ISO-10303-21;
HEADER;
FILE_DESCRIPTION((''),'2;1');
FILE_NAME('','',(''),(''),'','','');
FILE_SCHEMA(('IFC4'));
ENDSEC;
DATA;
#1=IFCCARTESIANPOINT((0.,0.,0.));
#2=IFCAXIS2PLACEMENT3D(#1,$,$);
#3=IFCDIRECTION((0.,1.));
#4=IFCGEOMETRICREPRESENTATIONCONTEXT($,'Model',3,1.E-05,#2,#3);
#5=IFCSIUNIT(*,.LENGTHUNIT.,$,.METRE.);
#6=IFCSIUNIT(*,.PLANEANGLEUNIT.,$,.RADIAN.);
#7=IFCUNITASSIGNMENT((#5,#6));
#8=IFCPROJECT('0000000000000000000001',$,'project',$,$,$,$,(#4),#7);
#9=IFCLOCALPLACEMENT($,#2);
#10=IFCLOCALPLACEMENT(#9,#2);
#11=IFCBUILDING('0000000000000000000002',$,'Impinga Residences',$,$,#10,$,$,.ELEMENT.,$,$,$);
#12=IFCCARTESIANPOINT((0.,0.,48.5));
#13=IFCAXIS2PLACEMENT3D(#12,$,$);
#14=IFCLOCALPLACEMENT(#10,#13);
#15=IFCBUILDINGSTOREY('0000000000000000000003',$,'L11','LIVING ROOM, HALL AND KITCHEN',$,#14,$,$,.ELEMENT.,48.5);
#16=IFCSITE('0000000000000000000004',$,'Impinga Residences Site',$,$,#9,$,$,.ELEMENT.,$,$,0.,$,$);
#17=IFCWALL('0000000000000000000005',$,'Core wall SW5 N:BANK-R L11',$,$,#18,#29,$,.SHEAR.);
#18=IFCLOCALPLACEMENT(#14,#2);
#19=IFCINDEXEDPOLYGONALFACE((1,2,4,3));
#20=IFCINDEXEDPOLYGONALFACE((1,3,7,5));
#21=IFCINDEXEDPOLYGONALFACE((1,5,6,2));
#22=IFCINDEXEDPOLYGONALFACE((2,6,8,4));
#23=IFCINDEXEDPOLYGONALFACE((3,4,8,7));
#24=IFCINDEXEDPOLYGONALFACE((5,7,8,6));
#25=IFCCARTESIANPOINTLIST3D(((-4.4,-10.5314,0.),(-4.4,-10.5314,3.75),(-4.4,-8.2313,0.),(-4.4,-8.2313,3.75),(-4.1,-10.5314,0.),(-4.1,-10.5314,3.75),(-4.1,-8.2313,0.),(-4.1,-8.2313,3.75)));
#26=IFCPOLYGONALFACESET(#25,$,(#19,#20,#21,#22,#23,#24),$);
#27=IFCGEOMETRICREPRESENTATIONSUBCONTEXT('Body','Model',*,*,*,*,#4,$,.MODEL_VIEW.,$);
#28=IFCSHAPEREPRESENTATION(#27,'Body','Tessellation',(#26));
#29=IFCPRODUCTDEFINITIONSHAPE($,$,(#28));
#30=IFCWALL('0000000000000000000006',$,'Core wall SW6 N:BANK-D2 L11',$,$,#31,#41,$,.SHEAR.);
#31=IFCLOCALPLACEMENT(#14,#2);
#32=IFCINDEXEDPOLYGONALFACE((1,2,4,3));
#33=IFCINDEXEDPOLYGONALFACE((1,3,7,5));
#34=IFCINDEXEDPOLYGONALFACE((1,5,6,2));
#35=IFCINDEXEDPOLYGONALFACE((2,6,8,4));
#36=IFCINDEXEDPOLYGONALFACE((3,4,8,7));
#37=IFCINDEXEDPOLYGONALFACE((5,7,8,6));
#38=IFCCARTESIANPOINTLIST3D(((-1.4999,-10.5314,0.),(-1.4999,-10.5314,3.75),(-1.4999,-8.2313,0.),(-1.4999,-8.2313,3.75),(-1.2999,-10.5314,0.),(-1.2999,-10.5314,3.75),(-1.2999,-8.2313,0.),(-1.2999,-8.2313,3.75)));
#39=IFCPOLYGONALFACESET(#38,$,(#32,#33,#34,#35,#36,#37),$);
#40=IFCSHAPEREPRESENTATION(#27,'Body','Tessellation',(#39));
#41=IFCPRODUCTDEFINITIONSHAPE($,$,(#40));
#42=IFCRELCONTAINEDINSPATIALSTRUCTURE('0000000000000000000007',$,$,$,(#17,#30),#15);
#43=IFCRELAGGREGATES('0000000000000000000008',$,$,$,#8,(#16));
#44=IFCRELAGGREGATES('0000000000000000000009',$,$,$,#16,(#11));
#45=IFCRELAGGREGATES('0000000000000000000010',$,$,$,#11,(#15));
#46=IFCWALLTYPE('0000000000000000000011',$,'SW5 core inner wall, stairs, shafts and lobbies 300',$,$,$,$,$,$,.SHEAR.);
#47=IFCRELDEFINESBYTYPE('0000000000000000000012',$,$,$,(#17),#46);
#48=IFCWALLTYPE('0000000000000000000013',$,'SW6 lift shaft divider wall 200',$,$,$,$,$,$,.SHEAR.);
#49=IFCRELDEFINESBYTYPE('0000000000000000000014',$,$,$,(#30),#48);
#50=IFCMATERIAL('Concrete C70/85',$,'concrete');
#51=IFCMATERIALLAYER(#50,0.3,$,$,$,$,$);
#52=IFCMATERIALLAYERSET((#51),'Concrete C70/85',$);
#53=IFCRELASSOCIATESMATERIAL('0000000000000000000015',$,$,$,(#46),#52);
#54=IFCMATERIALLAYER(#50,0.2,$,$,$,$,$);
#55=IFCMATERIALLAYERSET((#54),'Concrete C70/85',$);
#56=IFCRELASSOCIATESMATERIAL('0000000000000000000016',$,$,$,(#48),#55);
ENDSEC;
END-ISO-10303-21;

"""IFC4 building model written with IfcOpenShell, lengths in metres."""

from ifc_helpers import new_model, si_unit, direction, frame, frame_2d, origin, place, context, subcontext, project, spatial, rectangle, extrude, material, layer, layer_set, type_object, element, save


model = new_model("IFC4")

# Units and contexts
model_context = context("Model", 3, precision=1e-05, world=origin(), true_north=direction((0.0, 1.0)))
body_context = subcontext(model_context, "Body", "Model", "MODEL_VIEW")
ifc_project = project(units=[si_unit("LENGTHUNIT", "METRE"), si_unit("PLANEANGLEUNIT", "RADIAN")], contexts=[model_context])

# Site, building, storey
site_placement = place(None, origin())
site = spatial("IfcSite", under=ifc_project, at=site_placement, Name="Impinga Residences Site", CompositionType="ELEMENT", RefElevation=0.0)
building_placement = place(site_placement, origin())
building = spatial("IfcBuilding", under=site, at=building_placement, Name="Impinga Residences", CompositionType="ELEMENT")
storey_placement = place(building_placement, frame((0.0, 0.0, 48.5)))
storey = spatial("IfcBuildingStorey", under=building, at=storey_placement, Name="L11", Description="LIVING ROOM, HALL AND KITCHEN", CompositionType="ELEMENT", Elevation=48.5)

# Shared definitions
ifc_material_1 = material(Name="Concrete C70/85", Category="concrete")

# Walls
ifc_layer_1 = layer(ifc_material_1, 0.3)
ifc_layer_set_1 = layer_set([ifc_layer_1], Name="Concrete C70/85")
wall_type_1 = type_object("IfcWallType", Name="SW5 core inner wall, stairs, shafts and lobbies 300", PredefinedType="SHEAR", material=ifc_layer_set_1)
wall_1_placement = place(storey_placement, frame((-4.25, -8.2314, 0.0), z_axis=(0.0, 0.0, 1.0), x_axis=(0.0, -1.0, 0.0)))
element("IfcWall", 1, at=wall_1_placement, inside=storey, type_object=wall_type_1, Name="Core wall SW5 N:BANK-R L11", PredefinedType="SHEAR", context=body_context, shape_type="SweptSolid", body=[
    extrude(rectangle(XDim=2.3, YDim=0.3, at=frame_2d((1.1499, 0.0))), origin(), (0.0, 0.0, 1.0), 3.75),
])
ifc_layer_2 = layer(ifc_material_1, 0.2)
ifc_layer_set_2 = layer_set([ifc_layer_2], Name="Concrete C70/85")
wall_type_2 = type_object("IfcWallType", Name="SW6 lift shaft divider wall 200", PredefinedType="SHEAR", material=ifc_layer_set_2)
wall_2_placement = place(storey_placement, frame((-1.3999, -8.2314, 0.0), z_axis=(0.0, 0.0, 1.0), x_axis=(0.0, -1.0, 0.0)))
element("IfcWall", 2, at=wall_2_placement, inside=storey, type_object=wall_type_2, Name="Core wall SW6 N:BANK-D2 L11", PredefinedType="SHEAR", context=body_context, shape_type="SweptSolid", body=[
    extrude(rectangle(XDim=2.3, YDim=0.2, at=frame_2d((1.1499, 0.0))), origin(), (0.0, 0.0, 1.0), 3.75),
])

save(model, "model.ifc")
